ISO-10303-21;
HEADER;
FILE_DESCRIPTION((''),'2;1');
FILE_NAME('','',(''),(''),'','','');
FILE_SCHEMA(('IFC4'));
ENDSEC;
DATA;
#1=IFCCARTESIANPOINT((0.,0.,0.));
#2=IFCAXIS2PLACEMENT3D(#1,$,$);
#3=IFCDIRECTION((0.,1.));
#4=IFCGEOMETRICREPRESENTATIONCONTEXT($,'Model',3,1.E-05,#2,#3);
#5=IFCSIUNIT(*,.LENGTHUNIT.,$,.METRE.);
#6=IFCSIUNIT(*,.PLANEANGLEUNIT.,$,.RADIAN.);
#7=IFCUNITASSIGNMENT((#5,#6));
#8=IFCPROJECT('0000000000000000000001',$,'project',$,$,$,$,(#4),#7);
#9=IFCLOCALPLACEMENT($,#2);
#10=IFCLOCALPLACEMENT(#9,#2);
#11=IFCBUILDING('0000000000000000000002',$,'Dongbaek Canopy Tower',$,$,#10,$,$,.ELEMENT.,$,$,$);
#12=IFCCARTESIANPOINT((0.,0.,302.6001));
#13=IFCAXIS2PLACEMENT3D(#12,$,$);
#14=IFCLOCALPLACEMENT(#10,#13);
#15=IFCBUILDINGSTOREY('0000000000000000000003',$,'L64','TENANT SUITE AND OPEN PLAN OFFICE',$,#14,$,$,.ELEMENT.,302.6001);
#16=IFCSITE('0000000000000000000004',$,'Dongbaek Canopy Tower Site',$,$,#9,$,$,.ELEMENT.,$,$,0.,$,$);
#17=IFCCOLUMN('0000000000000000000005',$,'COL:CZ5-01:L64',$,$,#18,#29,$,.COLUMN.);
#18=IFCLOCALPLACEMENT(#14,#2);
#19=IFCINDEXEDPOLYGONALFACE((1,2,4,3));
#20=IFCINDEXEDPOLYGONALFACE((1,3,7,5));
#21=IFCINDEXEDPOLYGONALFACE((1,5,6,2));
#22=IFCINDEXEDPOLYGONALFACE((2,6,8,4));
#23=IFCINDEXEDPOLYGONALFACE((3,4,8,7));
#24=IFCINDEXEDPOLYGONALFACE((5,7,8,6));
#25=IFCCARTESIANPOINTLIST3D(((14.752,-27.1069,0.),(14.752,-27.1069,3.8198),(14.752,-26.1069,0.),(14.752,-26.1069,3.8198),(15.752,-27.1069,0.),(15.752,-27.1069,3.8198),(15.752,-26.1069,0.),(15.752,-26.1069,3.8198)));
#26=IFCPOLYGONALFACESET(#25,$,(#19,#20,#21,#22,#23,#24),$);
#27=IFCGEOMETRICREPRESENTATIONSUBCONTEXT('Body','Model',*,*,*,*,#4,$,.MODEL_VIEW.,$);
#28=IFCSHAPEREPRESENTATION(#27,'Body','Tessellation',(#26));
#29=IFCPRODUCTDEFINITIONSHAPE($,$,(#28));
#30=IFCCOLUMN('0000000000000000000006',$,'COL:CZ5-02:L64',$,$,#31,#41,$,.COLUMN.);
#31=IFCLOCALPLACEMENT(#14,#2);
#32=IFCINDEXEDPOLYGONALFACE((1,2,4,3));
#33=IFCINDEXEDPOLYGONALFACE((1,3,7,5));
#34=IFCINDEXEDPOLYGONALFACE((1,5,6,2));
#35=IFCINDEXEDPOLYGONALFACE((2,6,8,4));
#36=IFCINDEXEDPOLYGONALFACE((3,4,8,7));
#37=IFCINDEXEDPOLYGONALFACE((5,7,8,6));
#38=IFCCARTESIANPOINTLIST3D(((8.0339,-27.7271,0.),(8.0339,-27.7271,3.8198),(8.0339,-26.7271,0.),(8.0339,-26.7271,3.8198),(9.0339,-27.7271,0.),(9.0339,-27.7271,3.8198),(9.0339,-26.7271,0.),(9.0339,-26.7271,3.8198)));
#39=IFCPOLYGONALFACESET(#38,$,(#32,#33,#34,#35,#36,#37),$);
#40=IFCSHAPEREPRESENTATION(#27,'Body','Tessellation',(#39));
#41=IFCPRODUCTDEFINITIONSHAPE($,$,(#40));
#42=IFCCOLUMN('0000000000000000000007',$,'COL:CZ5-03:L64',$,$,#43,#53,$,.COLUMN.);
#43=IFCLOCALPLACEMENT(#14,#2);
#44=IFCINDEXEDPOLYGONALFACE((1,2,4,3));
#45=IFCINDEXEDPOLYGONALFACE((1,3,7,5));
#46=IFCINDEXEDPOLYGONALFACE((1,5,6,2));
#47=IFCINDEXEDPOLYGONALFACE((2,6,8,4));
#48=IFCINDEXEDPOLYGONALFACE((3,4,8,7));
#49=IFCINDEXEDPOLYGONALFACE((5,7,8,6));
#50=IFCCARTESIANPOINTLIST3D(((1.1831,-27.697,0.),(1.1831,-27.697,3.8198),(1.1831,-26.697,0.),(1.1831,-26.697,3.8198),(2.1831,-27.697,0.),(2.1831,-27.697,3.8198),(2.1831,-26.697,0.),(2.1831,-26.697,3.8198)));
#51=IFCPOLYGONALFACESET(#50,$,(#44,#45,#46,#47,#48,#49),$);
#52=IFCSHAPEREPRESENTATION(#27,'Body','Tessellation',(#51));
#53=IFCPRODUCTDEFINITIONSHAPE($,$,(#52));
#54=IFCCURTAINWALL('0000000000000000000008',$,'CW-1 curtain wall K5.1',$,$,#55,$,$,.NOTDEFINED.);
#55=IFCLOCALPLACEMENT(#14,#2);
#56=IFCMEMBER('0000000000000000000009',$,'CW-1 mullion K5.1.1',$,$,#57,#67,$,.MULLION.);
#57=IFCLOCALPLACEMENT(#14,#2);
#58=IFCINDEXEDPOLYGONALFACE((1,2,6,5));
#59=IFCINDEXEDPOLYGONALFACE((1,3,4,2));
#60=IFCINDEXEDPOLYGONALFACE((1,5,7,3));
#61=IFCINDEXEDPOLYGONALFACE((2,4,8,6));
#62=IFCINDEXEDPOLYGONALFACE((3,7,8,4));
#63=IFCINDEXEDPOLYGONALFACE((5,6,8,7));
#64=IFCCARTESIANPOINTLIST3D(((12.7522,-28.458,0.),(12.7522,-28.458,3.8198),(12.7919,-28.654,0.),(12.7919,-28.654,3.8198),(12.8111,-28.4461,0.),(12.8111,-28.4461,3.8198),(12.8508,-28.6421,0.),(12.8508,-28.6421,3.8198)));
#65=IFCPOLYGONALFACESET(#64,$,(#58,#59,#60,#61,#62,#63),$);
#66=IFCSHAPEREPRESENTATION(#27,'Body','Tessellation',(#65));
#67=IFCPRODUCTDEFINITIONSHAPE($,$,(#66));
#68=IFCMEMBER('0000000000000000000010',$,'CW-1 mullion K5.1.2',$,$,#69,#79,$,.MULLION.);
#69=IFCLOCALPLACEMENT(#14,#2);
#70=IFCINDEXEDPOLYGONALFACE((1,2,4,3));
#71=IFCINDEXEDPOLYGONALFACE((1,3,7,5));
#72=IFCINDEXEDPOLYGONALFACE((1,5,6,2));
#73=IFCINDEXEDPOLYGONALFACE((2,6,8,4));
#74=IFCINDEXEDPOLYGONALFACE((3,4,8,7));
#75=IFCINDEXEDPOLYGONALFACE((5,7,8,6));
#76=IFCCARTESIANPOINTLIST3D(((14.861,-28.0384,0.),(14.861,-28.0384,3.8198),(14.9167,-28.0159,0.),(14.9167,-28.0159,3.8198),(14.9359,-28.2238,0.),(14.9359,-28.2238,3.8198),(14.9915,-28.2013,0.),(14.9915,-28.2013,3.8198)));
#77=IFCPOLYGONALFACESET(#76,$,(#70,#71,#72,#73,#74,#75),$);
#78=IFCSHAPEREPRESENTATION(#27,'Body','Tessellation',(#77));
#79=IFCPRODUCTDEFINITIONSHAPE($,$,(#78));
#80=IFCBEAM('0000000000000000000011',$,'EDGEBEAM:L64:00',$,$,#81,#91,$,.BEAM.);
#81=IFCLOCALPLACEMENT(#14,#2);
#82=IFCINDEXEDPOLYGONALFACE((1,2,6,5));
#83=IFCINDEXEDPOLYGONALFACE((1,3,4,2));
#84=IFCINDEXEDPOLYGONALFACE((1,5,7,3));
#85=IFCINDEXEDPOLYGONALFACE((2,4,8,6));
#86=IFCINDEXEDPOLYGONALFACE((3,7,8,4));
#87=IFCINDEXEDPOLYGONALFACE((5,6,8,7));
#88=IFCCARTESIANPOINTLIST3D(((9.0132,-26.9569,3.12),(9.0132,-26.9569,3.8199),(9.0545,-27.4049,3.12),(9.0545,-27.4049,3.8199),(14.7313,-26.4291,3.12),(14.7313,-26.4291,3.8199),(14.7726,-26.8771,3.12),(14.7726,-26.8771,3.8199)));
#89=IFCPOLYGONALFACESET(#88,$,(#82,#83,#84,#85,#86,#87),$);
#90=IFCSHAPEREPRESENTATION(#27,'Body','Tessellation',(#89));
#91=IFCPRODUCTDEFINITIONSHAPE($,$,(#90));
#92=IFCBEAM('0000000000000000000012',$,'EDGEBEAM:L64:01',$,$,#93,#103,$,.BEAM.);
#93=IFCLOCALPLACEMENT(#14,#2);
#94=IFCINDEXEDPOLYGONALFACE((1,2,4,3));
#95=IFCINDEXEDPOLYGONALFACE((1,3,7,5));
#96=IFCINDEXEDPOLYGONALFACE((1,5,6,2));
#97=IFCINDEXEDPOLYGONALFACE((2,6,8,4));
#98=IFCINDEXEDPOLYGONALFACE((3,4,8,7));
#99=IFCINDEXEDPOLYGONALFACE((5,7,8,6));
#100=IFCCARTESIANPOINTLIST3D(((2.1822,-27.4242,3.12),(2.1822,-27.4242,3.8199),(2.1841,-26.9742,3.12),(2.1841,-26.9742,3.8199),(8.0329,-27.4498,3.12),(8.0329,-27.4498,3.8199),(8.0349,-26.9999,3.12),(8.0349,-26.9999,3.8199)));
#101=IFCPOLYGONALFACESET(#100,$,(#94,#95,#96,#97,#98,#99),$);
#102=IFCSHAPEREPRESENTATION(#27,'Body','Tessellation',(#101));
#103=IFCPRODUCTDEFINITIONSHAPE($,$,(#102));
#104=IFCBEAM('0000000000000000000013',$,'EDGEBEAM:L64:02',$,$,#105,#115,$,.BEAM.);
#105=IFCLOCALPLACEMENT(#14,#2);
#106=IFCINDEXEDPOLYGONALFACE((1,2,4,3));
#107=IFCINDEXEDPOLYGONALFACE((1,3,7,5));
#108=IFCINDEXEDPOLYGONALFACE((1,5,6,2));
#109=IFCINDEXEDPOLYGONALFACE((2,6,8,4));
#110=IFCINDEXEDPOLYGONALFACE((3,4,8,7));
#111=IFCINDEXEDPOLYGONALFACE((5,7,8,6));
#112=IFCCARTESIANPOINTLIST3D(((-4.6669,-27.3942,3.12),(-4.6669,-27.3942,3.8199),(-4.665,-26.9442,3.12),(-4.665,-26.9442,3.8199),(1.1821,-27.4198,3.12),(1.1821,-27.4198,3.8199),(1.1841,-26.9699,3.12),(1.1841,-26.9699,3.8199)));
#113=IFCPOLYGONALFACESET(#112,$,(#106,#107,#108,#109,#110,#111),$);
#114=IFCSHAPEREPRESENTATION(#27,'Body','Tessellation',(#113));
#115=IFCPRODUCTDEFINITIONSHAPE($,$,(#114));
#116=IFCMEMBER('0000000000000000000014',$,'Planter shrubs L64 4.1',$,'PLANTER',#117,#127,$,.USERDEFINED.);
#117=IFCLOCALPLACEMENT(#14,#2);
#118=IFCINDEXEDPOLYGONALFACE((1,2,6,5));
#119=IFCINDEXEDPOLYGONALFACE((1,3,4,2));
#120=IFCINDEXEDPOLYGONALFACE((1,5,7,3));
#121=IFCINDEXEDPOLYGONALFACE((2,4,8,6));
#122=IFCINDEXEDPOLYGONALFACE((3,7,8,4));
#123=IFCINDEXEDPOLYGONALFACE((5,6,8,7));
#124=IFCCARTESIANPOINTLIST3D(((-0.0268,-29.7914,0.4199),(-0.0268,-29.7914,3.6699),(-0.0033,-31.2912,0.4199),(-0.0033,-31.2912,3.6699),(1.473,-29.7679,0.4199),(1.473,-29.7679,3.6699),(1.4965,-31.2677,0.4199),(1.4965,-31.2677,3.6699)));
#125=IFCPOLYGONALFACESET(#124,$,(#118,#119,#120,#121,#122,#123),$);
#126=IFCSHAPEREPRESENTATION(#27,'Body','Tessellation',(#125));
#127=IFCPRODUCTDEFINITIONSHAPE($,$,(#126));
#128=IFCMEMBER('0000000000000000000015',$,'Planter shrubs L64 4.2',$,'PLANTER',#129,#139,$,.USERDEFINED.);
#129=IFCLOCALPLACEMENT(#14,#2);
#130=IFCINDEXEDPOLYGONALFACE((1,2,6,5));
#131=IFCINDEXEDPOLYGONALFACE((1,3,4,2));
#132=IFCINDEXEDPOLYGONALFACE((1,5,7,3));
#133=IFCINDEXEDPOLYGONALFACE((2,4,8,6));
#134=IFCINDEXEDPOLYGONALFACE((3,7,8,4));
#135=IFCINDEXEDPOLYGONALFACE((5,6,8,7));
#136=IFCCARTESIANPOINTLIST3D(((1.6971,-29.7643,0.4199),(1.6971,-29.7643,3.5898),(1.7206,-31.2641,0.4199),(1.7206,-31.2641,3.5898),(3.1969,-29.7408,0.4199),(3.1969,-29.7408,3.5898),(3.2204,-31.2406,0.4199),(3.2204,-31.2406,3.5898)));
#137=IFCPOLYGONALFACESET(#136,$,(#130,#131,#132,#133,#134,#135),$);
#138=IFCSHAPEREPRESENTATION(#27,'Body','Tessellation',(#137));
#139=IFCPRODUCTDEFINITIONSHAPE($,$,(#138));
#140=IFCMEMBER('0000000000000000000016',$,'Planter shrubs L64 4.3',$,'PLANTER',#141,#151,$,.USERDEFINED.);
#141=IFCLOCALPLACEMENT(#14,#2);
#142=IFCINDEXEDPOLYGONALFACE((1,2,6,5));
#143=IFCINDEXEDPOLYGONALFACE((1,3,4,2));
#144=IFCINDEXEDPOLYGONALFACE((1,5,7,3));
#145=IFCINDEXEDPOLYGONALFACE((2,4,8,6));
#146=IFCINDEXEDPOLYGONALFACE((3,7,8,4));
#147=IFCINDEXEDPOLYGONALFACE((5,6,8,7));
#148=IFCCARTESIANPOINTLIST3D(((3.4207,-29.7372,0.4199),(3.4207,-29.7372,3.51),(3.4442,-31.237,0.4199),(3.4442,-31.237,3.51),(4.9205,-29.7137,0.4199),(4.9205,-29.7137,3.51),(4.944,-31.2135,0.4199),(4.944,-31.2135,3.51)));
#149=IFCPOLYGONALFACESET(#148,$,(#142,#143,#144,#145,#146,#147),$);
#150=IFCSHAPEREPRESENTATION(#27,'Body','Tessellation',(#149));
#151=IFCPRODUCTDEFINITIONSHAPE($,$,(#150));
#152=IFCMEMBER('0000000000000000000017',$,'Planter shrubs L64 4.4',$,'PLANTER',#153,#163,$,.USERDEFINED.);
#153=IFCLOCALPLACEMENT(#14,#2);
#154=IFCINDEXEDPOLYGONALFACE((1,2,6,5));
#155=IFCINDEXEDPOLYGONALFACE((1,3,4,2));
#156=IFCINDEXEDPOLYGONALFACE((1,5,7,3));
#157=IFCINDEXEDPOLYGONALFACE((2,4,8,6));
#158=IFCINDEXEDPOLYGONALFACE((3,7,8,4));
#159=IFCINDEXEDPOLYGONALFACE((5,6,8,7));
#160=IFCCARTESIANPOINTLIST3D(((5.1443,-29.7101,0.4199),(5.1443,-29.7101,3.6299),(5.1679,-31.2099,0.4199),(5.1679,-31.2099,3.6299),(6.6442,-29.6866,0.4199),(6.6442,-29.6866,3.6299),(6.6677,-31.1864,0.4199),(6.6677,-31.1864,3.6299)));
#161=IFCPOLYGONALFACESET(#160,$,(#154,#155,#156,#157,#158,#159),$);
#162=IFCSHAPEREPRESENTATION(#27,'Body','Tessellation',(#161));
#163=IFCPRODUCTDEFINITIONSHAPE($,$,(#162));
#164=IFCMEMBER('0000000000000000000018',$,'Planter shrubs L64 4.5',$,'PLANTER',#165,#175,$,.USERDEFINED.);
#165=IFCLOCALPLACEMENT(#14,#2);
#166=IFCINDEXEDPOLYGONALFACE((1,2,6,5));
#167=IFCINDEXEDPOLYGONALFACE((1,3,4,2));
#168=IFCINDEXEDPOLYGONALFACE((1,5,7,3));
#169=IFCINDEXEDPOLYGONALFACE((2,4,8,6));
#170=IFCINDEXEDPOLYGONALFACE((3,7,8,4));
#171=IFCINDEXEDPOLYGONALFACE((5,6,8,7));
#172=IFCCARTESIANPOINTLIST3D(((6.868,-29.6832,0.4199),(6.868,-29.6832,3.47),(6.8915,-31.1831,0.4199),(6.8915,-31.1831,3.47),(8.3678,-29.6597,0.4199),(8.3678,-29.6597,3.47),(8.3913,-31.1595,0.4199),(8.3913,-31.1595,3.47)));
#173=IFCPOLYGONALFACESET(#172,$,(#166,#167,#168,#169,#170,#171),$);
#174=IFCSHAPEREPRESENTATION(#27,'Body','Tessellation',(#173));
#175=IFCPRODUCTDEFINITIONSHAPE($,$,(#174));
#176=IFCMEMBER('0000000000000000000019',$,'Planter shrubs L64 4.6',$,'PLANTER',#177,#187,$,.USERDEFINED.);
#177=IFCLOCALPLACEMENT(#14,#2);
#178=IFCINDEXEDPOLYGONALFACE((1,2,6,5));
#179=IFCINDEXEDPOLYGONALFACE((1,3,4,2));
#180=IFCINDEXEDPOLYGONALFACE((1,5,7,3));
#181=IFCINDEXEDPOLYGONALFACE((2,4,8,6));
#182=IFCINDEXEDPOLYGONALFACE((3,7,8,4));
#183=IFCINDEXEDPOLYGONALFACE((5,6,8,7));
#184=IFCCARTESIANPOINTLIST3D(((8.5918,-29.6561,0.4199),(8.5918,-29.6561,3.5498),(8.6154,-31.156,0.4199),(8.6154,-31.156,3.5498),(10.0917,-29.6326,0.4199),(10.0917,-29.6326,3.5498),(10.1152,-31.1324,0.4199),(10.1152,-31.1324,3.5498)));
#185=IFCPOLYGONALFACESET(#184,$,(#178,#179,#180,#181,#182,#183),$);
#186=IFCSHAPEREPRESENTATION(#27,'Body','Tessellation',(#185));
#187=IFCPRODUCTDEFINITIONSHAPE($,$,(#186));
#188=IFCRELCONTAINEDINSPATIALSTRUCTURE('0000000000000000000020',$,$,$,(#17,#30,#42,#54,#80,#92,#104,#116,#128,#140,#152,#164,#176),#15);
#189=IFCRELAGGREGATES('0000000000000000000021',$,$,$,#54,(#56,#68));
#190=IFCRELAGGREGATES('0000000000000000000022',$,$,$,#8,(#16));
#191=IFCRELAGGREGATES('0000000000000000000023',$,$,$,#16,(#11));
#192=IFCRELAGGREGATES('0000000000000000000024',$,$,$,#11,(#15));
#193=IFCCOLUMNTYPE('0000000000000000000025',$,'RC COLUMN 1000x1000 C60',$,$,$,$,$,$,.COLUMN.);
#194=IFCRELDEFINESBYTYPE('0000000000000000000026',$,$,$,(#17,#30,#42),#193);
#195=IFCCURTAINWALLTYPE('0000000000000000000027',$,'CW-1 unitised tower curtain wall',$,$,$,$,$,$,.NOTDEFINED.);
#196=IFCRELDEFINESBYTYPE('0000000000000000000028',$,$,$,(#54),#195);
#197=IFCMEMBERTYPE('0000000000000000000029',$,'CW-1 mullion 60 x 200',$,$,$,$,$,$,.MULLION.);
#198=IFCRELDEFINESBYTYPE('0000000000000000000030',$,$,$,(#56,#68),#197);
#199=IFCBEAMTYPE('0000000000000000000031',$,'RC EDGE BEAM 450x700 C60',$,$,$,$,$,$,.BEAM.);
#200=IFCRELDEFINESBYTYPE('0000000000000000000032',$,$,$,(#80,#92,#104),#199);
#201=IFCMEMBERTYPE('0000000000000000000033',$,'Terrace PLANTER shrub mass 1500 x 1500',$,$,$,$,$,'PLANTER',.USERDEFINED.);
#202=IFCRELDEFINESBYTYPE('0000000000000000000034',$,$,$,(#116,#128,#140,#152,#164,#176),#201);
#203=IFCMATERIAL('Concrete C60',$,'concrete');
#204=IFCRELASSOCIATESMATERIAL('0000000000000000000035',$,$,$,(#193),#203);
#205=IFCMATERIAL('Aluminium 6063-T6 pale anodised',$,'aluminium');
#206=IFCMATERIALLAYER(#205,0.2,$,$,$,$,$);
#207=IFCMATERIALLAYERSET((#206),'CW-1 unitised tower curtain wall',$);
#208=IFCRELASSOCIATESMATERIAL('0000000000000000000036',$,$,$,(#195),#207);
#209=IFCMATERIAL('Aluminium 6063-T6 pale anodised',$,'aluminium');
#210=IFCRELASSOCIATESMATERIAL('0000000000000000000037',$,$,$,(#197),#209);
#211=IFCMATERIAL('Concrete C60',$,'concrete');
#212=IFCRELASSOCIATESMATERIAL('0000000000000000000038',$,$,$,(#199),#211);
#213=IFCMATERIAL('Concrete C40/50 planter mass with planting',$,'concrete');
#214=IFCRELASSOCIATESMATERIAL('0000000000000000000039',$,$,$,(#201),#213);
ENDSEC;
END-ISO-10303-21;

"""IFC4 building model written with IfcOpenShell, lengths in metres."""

from ifc_helpers import new_model, si_unit, direction, frame, origin, origin_2d, place, context, subcontext, project, spatial, rectangle, extrude, material, layer, layer_set, material_profile, profile_set, type_object, element, aggregate, save


model = new_model("IFC4")

# Units and contexts
model_context = context("Model", 3, precision=1e-05, world=origin(), true_north=direction((0.0, 1.0)))
body_context = subcontext(model_context, "Body", "Model", "MODEL_VIEW")
ifc_project = project(units=[si_unit("LENGTHUNIT", "METRE"), si_unit("PLANEANGLEUNIT", "RADIAN")], contexts=[model_context])

# Site, building, storey
site_placement = place(None, origin())
site = spatial("IfcSite", under=ifc_project, at=site_placement, Name="Dongbaek Canopy Tower Site", CompositionType="ELEMENT", RefElevation=0.0)
building_placement = place(site_placement, origin())
building = spatial("IfcBuilding", under=site, at=building_placement, Name="Dongbaek Canopy Tower", CompositionType="ELEMENT")
storey_placement = place(building_placement, frame((0.0, 0.0, 302.6001)))
storey = spatial("IfcBuildingStorey", under=building, at=storey_placement, Name="L64", Description="TENANT SUITE AND OPEN PLAN OFFICE", CompositionType="ELEMENT", Elevation=302.6001)

# Columns
ifc_material_1 = material(Name="Concrete C60", Category="concrete")
ifc_material_profile_1 = material_profile(ifc_material_1, rectangle(XDim=1.0, YDim=1.0, at=origin_2d()), Name="RC COLUMN 1000x1000 C60")
ifc_profile_set_1 = profile_set([ifc_material_profile_1], Name="Concrete C60")
column_type = type_object("IfcColumnType", Name="RC COLUMN 1000x1000 C60", PredefinedType="COLUMN", material=ifc_profile_set_1)
for number, where, z_axis, x_axis, name in (
    (1, (15.252, -26.6069, 0.0), (0.0, 0.0, 1.0), (1.0, 0.0, 0.0), "COL:CZ5-01:L64"),
    (2, (8.5339, -27.2271, 0.0), (0.0, 0.0, 1.0), (1.0, 0.0, 0.0), "COL:CZ5-02:L64"),
    (3, (1.6831, -27.197, 0.0), (0.0, 0.0, 1.0), (1.0, 0.0, 0.0), "COL:CZ5-03:L64"),
):
    element("IfcColumn", number, at=place(storey_placement, frame(where, z_axis=z_axis, x_axis=x_axis)), inside=storey, type_object=column_type, Name=name, PredefinedType="COLUMN", context=body_context, shape_type="SweptSolid", body=[
        extrude(rectangle(XDim=1.0, YDim=1.0, at=origin_2d()), origin(), (0.0, 0.0, 1.0), 3.8198),
    ])

# Curtain wall, members
ifc_material_2 = material(Name="Aluminium 6063-T6 pale anodised", Category="aluminium")
ifc_layer_1 = layer(ifc_material_2, 0.2)
ifc_layer_set_1 = layer_set([ifc_layer_1], Name="CW-1 unitised tower curtain wall")
curtain_wall_type = type_object("IfcCurtainWallType", Name="CW-1 unitised tower curtain wall", PredefinedType="NOTDEFINED", material=ifc_layer_set_1)
curtain_wall_placement = place(storey_placement, origin())
curtain_wall = element("IfcCurtainWall", 4, at=curtain_wall_placement, inside=storey, type_object=curtain_wall_type, Name="CW-1 curtain wall K5.1", PredefinedType="NOTDEFINED")
ifc_material_3 = material(Name="Aluminium 6063-T6 pale anodised", Category="aluminium")
ifc_material_profile_2 = material_profile(ifc_material_3, rectangle(XDim=0.2, YDim=0.0601, at=origin_2d()), Name="CW-1 mullion 60 x 200")
ifc_profile_set_2 = profile_set([ifc_material_profile_2], Name="Aluminium 6063-T6 pale anodised")
member_type_1 = type_object("IfcMemberType", Name="CW-1 mullion 60 x 200", PredefinedType="MULLION", material=ifc_profile_set_2)
member_1_placement = place(storey_placement, frame((12.8015, -28.55, 0.0), z_axis=(0.0, 0.0, 1.0), x_axis=(0.198379, -0.980125, 0.0)))
member_1 = element("IfcMember", 5, at=member_1_placement, type_object=member_type_1, Name="CW-1 mullion K5.1.1", PredefinedType="MULLION", context=body_context, shape_type="SweptSolid", body=[
    extrude(rectangle(XDim=0.2, YDim=0.0601, at=origin_2d()), origin(), (0.0, 0.0, 1.0), 3.8198),
])
member_2_placement = place(storey_placement, frame((14.9263, -28.1199, 0.0), z_axis=(0.0, 0.0, 1.0), x_axis=(0.374375, -0.927277, 0.0)))
member_2 = element("IfcMember", 6, at=member_2_placement, type_object=member_type_1, Name="CW-1 mullion K5.1.2", PredefinedType="MULLION", context=body_context, shape_type="SweptSolid", body=[
    extrude(rectangle(XDim=0.2, YDim=0.0601, at=origin_2d()), origin(), (0.0, 0.0, 1.0), 3.8198),
])

# Beams
ifc_material_4 = material(Name="Concrete C60", Category="concrete")
ifc_material_profile_3 = material_profile(ifc_material_4, rectangle(XDim=0.45, YDim=0.7, at=origin_2d()), Name="RC EDGE BEAM 450x700 C60")
ifc_profile_set_3 = profile_set([ifc_material_profile_3], Name="Concrete C60")
beam_type = type_object("IfcBeamType", Name="RC EDGE BEAM 450x700 C60", PredefinedType="BEAM", material=ifc_profile_set_3)
beam_1_placement = place(storey_placement, frame((14.752, -26.6531, 3.47), z_axis=(-0.995766, -0.09192, 0.0), x_axis=(0.09192, -0.995766, 0.0)))
element("IfcBeam", 7, at=beam_1_placement, inside=storey, type_object=beam_type, Name="EDGEBEAM:L64:00", PredefinedType="BEAM", context=body_context, shape_type="SweptSolid", body=[
    extrude(rectangle(XDim=0.45, YDim=0.7, at=origin_2d()), origin(), (0.0, 0.0, 1.0), 5.7424),
])
beam_2_placement = place(storey_placement, frame((8.0339, -27.2249, 3.47), z_axis=(-0.99999, 0.004381, 0.0), x_axis=(-0.004381, -0.99999, 0.0)))
element("IfcBeam", 8, at=beam_2_placement, inside=storey, type_object=beam_type, Name="EDGEBEAM:L64:01", PredefinedType="BEAM", context=body_context, shape_type="SweptSolid", body=[
    extrude(rectangle(XDim=0.45, YDim=0.7, at=origin_2d()), origin(), (0.0, 0.0, 1.0), 5.8508),
])
beam_3_placement = place(storey_placement, frame((1.1831, -27.1948, 3.47), z_axis=(-0.99999, 0.004383, 0.0), x_axis=(-0.004383, -0.99999, 0.0)))
element("IfcBeam", 9, at=beam_3_placement, inside=storey, type_object=beam_type, Name="EDGEBEAM:L64:02", PredefinedType="BEAM", context=body_context, shape_type="SweptSolid", body=[
    extrude(rectangle(XDim=0.45, YDim=0.7, at=origin_2d()), origin(), (0.0, 0.0, 1.0), 5.8491),
])

# Members
ifc_material_5 = material(Name="Concrete C40/50 planter mass with planting", Category="concrete")
ifc_material_profile_4 = material_profile(ifc_material_5, rectangle(XDim=1.5, YDim=1.5, at=origin_2d()), Name="Terrace PLANTER shrub mass 1500 x 1500")
ifc_profile_set_4 = profile_set([ifc_material_profile_4], Name="Concrete C40/50 planter mass with planting")
member_type_2 = type_object("IfcMemberType", Name="Terrace PLANTER shrub mass 1500 x 1500", ElementType="PLANTER", PredefinedType="USERDEFINED", material=ifc_profile_set_4)
member_3_placement = place(storey_placement, frame((0.7349, -30.5295, 0.4199), z_axis=(0.0, 0.0, 1.0), x_axis=(0.015684, -0.999877, 0.0)))
element("IfcMember", 10, at=member_3_placement, inside=storey, type_object=member_type_2, Name="Planter shrubs L64 4.1", ObjectType="PLANTER", PredefinedType="USERDEFINED", context=body_context, shape_type="SweptSolid", body=[
    extrude(rectangle(XDim=1.5, YDim=1.5, at=origin_2d()), origin(), (0.0, 0.0, 1.0), 3.25),
])
member_4_placement = place(storey_placement, frame((2.4587, -30.5024, 0.4199), z_axis=(0.0, 0.0, 1.0), x_axis=(0.015684, -0.999877, 0.0)))
element("IfcMember", 11, at=member_4_placement, inside=storey, type_object=member_type_2, Name="Planter shrubs L64 4.2", ObjectType="PLANTER", PredefinedType="USERDEFINED", context=body_context, shape_type="SweptSolid", body=[
    extrude(rectangle(XDim=1.5, YDim=1.5, at=origin_2d()), origin(), (0.0, 0.0, 1.0), 3.1699),
])
member_5_placement = place(storey_placement, frame((4.1824, -30.4753, 0.4199), z_axis=(0.0, 0.0, 1.0), x_axis=(0.015684, -0.999877, 0.0)))
element("IfcMember", 12, at=member_5_placement, inside=storey, type_object=member_type_2, Name="Planter shrubs L64 4.3", ObjectType="PLANTER", PredefinedType="USERDEFINED", context=body_context, shape_type="SweptSolid", body=[
    extrude(rectangle(XDim=1.5, YDim=1.5, at=origin_2d()), origin(), (0.0, 0.0, 1.0), 3.0901),
])
member_6_placement = place(storey_placement, frame((5.906, -30.4482, 0.4199), z_axis=(0.0, 0.0, 1.0), x_axis=(0.015684, -0.999877, 0.0)))
element("IfcMember", 13, at=member_6_placement, inside=storey, type_object=member_type_2, Name="Planter shrubs L64 4.4", ObjectType="PLANTER", PredefinedType="USERDEFINED", context=body_context, shape_type="SweptSolid", body=[
    extrude(rectangle(XDim=1.5, YDim=1.5, at=origin_2d()), origin(), (0.0, 0.0, 1.0), 3.21),
])
member_7_placement = place(storey_placement, frame((7.6296, -30.4214, 0.4199), z_axis=(0.0, 0.0, 1.0), x_axis=(0.015684, -0.999877, 0.0)))
element("IfcMember", 14, at=member_7_placement, inside=storey, type_object=member_type_2, Name="Planter shrubs L64 4.5", ObjectType="PLANTER", PredefinedType="USERDEFINED", context=body_context, shape_type="SweptSolid", body=[
    extrude(rectangle(XDim=1.5, YDim=1.5, at=origin_2d()), origin(), (0.0, 0.0, 1.0), 3.05),
])
member_8_placement = place(storey_placement, frame((9.3535, -30.3943, 0.4199), z_axis=(0.0, 0.0, 1.0), x_axis=(0.015684, -0.999877, 0.0)))
element("IfcMember", 15, at=member_8_placement, inside=storey, type_object=member_type_2, Name="Planter shrubs L64 4.6", ObjectType="PLANTER", PredefinedType="USERDEFINED", context=body_context, shape_type="SweptSolid", body=[
    extrude(rectangle(XDim=1.5, YDim=1.5, at=origin_2d()), origin(), (0.0, 0.0, 1.0), 3.1299),
])

aggregate(curtain_wall, [member_1, member_2])

save(model, "model.ifc")
